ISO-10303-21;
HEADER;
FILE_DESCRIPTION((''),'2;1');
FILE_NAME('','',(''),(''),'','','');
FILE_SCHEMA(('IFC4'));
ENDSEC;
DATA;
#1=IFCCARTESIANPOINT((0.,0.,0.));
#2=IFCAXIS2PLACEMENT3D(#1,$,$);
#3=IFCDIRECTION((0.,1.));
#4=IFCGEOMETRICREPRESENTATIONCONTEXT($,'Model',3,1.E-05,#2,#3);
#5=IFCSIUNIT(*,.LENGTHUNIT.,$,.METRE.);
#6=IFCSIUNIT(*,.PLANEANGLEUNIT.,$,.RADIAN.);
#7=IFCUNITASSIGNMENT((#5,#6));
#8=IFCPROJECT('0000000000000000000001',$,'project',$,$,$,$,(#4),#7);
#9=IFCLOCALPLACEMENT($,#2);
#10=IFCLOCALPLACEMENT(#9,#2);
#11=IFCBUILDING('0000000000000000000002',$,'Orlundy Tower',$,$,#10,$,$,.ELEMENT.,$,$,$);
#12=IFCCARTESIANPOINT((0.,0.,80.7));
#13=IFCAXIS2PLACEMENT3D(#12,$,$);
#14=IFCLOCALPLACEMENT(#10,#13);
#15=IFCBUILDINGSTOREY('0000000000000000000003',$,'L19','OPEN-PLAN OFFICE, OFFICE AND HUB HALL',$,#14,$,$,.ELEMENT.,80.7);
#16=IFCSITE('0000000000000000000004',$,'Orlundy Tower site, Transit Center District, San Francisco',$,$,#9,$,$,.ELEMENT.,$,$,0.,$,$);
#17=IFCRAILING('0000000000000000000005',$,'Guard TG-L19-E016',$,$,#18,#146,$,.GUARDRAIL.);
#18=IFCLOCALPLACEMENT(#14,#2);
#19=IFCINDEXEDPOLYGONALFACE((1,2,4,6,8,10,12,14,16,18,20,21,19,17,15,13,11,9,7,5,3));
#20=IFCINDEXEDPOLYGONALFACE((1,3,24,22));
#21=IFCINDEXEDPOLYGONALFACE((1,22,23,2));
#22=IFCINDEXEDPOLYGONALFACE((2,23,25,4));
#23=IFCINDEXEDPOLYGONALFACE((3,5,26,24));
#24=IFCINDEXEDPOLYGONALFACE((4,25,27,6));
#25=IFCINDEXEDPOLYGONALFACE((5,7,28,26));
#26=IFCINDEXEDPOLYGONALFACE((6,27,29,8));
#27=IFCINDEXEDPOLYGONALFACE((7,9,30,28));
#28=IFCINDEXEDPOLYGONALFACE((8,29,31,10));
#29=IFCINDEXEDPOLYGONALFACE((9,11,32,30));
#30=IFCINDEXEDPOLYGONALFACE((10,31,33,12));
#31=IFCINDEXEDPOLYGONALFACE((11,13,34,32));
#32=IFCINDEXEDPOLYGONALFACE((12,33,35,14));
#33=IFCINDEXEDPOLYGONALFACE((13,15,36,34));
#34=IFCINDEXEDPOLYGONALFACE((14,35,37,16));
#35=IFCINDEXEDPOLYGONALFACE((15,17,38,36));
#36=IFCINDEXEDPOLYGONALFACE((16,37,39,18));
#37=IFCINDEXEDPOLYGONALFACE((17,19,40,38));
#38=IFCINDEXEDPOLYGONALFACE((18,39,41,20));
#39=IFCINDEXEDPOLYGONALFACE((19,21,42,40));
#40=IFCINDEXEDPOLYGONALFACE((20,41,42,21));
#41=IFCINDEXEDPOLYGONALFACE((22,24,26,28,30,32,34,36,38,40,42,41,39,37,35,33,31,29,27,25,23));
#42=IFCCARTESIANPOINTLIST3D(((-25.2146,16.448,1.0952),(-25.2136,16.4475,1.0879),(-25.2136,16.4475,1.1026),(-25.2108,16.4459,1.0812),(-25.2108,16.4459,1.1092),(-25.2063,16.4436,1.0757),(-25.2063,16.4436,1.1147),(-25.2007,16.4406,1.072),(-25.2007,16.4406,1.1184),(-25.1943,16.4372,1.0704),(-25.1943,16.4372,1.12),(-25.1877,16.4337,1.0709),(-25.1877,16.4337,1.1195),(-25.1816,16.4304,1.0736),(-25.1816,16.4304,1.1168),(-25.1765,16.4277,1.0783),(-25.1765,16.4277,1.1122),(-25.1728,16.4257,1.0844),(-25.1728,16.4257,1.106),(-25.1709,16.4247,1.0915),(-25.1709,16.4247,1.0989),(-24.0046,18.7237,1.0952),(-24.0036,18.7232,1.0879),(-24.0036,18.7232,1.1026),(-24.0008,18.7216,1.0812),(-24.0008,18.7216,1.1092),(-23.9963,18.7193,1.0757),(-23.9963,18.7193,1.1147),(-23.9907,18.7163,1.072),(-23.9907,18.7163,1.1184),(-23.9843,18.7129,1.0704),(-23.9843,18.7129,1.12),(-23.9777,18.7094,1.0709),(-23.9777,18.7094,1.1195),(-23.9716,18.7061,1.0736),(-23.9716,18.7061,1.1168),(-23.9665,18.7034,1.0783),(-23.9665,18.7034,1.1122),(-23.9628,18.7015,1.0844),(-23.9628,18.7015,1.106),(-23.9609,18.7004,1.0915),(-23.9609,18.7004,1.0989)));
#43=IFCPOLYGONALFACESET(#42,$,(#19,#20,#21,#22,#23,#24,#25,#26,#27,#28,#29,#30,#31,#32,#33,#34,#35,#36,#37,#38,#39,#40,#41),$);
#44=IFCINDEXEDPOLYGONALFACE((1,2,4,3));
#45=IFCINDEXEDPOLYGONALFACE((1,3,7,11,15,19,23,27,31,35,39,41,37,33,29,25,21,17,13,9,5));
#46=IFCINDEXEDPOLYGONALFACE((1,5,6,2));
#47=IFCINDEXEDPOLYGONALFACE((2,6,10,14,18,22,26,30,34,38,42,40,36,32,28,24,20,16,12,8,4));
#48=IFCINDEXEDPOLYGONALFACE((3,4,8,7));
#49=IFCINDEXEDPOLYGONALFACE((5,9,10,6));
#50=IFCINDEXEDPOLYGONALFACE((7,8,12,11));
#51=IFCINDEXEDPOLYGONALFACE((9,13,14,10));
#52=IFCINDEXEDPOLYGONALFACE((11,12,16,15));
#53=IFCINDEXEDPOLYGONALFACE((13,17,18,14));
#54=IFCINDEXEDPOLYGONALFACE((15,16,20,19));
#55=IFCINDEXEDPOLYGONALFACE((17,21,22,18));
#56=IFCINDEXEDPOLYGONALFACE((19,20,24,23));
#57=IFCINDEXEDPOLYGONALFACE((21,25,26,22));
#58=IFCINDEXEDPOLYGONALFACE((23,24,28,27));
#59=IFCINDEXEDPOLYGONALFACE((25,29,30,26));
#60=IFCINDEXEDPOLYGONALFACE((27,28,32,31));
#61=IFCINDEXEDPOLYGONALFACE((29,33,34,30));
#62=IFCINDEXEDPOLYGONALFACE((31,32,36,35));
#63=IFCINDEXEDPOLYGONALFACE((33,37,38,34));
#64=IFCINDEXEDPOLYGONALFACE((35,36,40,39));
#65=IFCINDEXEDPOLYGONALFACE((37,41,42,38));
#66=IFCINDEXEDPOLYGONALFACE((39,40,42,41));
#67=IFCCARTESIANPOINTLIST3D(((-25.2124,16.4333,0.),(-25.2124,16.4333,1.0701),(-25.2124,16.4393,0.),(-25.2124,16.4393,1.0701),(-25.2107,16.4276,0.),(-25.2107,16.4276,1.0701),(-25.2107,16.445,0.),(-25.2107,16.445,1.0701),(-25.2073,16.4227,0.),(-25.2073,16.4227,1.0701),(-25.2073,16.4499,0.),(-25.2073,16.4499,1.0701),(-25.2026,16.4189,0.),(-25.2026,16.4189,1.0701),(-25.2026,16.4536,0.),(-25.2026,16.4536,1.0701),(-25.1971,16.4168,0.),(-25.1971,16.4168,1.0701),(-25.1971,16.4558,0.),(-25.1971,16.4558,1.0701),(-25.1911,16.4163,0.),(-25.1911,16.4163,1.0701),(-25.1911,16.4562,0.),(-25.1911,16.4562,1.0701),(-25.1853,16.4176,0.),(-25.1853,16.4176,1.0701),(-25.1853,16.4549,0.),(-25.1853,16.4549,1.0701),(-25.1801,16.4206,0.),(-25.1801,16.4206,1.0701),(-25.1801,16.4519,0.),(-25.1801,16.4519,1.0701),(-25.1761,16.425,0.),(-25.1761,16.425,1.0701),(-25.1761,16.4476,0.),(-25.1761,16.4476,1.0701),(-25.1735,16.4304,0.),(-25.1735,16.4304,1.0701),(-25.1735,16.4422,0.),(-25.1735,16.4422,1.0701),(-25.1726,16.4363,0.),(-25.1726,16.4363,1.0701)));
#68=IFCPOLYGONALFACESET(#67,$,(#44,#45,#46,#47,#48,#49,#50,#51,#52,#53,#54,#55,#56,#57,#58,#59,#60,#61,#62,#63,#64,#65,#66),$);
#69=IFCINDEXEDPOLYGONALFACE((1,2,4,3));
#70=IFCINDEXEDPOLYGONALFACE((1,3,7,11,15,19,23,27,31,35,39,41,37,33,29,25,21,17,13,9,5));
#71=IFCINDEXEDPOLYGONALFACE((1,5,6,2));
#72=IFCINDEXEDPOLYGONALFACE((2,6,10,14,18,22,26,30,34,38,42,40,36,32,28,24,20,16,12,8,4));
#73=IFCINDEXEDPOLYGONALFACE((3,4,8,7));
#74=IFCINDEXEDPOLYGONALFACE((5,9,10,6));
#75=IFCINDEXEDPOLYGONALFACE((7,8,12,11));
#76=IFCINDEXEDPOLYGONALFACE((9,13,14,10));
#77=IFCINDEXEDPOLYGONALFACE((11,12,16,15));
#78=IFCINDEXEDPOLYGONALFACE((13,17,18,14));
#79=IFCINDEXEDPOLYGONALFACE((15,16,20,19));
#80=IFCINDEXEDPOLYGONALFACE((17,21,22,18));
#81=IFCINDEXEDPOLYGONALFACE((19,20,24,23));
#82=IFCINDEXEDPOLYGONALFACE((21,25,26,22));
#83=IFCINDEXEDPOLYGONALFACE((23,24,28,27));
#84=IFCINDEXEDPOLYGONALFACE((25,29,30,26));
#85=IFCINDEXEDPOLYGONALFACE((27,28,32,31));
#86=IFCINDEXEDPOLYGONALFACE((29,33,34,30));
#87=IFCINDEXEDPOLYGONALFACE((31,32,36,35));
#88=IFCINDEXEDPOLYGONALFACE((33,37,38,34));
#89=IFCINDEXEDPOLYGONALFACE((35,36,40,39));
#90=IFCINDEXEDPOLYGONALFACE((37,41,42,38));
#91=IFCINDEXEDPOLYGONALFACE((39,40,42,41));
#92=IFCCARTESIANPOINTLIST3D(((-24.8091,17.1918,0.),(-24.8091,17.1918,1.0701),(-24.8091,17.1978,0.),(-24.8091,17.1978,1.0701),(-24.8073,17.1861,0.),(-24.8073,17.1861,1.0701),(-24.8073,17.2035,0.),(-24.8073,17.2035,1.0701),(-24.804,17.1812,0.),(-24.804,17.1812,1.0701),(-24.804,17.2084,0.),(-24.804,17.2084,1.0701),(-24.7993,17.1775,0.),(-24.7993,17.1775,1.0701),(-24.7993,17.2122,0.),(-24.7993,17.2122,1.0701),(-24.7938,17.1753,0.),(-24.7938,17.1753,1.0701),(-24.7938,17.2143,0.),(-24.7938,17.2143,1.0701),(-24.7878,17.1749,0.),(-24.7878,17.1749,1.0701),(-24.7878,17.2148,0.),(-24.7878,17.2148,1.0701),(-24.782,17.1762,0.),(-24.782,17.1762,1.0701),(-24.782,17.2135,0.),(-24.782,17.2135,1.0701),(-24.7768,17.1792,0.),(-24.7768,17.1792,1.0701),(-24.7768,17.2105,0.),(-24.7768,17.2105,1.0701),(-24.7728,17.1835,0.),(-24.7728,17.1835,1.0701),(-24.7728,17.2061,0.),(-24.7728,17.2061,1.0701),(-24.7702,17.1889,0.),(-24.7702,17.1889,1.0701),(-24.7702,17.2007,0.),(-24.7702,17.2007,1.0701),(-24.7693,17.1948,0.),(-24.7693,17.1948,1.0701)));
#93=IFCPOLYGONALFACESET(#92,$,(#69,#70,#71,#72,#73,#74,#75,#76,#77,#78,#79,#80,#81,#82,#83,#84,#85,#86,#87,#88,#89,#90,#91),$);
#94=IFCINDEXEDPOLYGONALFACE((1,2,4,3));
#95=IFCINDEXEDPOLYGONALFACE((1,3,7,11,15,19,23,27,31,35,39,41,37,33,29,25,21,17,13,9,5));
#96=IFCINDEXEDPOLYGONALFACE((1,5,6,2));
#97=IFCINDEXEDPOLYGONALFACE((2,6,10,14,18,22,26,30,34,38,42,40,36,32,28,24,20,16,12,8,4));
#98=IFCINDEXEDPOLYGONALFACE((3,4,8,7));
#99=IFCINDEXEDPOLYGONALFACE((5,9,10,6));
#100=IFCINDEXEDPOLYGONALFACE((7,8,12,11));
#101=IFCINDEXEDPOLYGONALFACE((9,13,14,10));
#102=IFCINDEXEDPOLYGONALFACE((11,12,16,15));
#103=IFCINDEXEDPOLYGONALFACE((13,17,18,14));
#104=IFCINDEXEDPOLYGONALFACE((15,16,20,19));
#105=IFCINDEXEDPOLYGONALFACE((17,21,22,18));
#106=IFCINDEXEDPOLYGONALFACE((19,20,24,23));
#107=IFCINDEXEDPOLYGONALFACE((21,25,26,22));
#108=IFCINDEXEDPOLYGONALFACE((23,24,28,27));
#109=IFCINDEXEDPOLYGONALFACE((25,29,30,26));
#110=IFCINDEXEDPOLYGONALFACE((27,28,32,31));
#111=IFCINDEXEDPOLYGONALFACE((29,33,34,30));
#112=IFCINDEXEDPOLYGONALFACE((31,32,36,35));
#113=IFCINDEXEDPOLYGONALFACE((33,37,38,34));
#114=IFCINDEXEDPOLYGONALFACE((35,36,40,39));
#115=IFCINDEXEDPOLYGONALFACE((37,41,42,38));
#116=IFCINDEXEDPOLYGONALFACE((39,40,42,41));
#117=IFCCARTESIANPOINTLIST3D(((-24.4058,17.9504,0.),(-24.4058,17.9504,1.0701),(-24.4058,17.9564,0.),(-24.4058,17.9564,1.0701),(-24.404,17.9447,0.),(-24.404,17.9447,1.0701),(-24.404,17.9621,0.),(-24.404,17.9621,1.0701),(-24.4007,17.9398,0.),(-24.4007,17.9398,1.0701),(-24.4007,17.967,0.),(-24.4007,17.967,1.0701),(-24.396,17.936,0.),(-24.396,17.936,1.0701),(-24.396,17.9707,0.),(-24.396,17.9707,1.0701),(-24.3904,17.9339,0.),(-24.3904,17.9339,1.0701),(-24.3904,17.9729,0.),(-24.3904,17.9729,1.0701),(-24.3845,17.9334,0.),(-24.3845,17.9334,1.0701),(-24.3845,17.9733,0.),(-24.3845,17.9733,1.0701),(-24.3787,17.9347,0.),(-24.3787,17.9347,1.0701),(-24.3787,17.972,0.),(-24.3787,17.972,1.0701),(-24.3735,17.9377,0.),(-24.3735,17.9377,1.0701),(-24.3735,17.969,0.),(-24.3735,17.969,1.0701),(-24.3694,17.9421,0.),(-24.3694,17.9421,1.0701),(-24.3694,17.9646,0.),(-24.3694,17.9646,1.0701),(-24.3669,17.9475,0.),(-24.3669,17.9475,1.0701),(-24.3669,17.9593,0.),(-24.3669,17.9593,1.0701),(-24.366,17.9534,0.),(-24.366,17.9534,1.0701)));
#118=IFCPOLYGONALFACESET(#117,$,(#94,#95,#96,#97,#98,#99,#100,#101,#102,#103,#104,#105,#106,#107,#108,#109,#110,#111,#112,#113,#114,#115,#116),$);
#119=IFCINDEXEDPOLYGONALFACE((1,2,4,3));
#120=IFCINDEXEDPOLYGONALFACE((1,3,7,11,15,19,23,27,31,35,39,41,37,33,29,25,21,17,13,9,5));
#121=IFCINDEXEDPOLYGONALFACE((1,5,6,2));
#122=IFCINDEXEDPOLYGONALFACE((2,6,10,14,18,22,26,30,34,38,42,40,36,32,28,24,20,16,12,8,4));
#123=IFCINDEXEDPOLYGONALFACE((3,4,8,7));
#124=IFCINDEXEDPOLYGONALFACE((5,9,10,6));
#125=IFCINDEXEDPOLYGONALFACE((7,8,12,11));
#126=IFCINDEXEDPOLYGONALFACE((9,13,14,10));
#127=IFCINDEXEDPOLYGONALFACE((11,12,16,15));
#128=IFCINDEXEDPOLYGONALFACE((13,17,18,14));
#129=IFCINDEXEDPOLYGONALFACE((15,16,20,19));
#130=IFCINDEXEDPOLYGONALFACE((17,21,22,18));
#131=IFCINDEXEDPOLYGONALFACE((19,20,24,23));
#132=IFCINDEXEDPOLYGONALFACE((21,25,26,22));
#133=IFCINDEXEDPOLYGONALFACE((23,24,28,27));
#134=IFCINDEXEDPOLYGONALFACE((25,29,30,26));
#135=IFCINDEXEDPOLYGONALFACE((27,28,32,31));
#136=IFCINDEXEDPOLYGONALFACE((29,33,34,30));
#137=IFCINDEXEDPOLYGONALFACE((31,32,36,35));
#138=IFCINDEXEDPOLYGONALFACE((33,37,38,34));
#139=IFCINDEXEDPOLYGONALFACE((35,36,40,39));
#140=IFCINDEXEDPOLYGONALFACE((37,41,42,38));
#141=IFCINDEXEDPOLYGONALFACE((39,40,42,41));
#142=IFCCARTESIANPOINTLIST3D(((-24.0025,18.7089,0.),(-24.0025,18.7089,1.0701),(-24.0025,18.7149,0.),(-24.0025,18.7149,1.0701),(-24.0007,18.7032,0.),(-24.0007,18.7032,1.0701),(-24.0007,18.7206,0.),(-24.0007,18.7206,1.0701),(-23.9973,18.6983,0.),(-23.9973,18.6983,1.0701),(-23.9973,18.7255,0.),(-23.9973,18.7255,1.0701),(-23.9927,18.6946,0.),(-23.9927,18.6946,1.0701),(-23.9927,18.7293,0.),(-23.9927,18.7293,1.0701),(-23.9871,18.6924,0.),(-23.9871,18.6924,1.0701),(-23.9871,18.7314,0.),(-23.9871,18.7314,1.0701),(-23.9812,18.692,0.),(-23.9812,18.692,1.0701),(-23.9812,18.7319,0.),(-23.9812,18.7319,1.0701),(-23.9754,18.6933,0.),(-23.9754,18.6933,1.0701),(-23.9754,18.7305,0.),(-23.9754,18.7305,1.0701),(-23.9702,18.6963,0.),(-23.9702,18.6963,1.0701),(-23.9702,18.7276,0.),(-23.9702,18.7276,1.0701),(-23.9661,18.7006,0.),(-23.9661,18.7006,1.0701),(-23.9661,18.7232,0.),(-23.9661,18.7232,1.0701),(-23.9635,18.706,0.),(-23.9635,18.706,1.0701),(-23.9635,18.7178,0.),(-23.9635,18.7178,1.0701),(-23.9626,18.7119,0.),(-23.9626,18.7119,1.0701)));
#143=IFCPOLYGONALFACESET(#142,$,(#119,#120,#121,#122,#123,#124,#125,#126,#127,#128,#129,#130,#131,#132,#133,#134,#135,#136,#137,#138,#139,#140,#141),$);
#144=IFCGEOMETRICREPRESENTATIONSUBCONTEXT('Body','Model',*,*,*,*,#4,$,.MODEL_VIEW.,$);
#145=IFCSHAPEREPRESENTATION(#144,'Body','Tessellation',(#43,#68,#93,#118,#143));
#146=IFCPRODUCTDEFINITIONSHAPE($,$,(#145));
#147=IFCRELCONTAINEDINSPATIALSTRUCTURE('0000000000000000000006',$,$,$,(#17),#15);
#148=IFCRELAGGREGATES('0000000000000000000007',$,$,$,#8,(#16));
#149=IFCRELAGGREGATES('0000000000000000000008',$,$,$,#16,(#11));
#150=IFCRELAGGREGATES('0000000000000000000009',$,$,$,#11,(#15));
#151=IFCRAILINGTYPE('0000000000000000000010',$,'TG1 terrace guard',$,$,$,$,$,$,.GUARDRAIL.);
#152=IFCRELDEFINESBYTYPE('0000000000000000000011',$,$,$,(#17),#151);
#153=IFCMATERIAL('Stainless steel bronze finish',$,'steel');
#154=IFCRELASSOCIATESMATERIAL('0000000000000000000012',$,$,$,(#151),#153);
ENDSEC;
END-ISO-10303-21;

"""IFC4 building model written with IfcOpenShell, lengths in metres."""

from ifc_helpers import new_model, si_unit, direction, frame, origin, origin_2d, place, context, subcontext, project, spatial, circle, extrude, material, type_object, element, save


model = new_model("IFC4")

# Units and contexts
model_context = context("Model", 3, precision=1e-05, world=origin(), true_north=direction((0.0, 1.0)))
body_context = subcontext(model_context, "Body", "Model", "MODEL_VIEW")
ifc_project = project(units=[si_unit("LENGTHUNIT", "METRE"), si_unit("PLANEANGLEUNIT", "RADIAN")], contexts=[model_context])

# Site, building, storey
site_placement = place(None, origin())
site = spatial("IfcSite", under=ifc_project, at=site_placement, Name="Orlundy Tower site, Transit Center District, San Francisco", CompositionType="ELEMENT", RefElevation=0.0)
building_placement = place(site_placement, origin())
building = spatial("IfcBuilding", under=site, at=building_placement, Name="Orlundy Tower", CompositionType="ELEMENT")
storey_placement = place(building_placement, frame((0.0, 0.0, 80.7)))
storey = spatial("IfcBuildingStorey", under=building, at=storey_placement, Name="L19", Description="OPEN-PLAN OFFICE, OFFICE AND HUB HALL", CompositionType="ELEMENT", Elevation=80.7)

# Railing
ifc_material_1 = material(Name="Stainless steel bronze finish", Category="steel")
railing_type_1 = type_object("IfcRailingType", Name="TG1 terrace guard", PredefinedType="GUARDRAIL", material=ifc_material_1)
railing_1_placement = place(storey_placement, frame((-25.1926, 16.4363, 0.0)))
element("IfcRailing", 1, at=railing_1_placement, inside=storey, type_object=railing_type_1, Name="Guard TG-L19-E016", PredefinedType="GUARDRAIL", context=body_context, shape_type="SweptSolid", body=[
    extrude(circle(Radius=0.0249, at=origin_2d()), frame((0.0, 0.0, 1.0952), z_axis=(0.469467, 0.88295, 0.0), x_axis=(-0.88295, 0.469467, 0.0)), (0.0, 0.0, 1.0), 2.5774),
    extrude(circle(Radius=0.02, at=origin_2d()), origin(), (0.0, 0.0, 1.0), 1.0701),
    extrude(circle(Radius=0.02, at=origin_2d()), frame((0.4033, 0.7585, 0.0)), (0.0, 0.0, 1.0), 1.0701),
    extrude(circle(Radius=0.02, at=origin_2d()), frame((0.8066, 1.5171, 0.0)), (0.0, 0.0, 1.0), 1.0701),
    extrude(circle(Radius=0.02, at=origin_2d()), frame((1.21, 2.2756, 0.0)), (0.0, 0.0, 1.0), 1.0701),
])

save(model, "model.ifc")
